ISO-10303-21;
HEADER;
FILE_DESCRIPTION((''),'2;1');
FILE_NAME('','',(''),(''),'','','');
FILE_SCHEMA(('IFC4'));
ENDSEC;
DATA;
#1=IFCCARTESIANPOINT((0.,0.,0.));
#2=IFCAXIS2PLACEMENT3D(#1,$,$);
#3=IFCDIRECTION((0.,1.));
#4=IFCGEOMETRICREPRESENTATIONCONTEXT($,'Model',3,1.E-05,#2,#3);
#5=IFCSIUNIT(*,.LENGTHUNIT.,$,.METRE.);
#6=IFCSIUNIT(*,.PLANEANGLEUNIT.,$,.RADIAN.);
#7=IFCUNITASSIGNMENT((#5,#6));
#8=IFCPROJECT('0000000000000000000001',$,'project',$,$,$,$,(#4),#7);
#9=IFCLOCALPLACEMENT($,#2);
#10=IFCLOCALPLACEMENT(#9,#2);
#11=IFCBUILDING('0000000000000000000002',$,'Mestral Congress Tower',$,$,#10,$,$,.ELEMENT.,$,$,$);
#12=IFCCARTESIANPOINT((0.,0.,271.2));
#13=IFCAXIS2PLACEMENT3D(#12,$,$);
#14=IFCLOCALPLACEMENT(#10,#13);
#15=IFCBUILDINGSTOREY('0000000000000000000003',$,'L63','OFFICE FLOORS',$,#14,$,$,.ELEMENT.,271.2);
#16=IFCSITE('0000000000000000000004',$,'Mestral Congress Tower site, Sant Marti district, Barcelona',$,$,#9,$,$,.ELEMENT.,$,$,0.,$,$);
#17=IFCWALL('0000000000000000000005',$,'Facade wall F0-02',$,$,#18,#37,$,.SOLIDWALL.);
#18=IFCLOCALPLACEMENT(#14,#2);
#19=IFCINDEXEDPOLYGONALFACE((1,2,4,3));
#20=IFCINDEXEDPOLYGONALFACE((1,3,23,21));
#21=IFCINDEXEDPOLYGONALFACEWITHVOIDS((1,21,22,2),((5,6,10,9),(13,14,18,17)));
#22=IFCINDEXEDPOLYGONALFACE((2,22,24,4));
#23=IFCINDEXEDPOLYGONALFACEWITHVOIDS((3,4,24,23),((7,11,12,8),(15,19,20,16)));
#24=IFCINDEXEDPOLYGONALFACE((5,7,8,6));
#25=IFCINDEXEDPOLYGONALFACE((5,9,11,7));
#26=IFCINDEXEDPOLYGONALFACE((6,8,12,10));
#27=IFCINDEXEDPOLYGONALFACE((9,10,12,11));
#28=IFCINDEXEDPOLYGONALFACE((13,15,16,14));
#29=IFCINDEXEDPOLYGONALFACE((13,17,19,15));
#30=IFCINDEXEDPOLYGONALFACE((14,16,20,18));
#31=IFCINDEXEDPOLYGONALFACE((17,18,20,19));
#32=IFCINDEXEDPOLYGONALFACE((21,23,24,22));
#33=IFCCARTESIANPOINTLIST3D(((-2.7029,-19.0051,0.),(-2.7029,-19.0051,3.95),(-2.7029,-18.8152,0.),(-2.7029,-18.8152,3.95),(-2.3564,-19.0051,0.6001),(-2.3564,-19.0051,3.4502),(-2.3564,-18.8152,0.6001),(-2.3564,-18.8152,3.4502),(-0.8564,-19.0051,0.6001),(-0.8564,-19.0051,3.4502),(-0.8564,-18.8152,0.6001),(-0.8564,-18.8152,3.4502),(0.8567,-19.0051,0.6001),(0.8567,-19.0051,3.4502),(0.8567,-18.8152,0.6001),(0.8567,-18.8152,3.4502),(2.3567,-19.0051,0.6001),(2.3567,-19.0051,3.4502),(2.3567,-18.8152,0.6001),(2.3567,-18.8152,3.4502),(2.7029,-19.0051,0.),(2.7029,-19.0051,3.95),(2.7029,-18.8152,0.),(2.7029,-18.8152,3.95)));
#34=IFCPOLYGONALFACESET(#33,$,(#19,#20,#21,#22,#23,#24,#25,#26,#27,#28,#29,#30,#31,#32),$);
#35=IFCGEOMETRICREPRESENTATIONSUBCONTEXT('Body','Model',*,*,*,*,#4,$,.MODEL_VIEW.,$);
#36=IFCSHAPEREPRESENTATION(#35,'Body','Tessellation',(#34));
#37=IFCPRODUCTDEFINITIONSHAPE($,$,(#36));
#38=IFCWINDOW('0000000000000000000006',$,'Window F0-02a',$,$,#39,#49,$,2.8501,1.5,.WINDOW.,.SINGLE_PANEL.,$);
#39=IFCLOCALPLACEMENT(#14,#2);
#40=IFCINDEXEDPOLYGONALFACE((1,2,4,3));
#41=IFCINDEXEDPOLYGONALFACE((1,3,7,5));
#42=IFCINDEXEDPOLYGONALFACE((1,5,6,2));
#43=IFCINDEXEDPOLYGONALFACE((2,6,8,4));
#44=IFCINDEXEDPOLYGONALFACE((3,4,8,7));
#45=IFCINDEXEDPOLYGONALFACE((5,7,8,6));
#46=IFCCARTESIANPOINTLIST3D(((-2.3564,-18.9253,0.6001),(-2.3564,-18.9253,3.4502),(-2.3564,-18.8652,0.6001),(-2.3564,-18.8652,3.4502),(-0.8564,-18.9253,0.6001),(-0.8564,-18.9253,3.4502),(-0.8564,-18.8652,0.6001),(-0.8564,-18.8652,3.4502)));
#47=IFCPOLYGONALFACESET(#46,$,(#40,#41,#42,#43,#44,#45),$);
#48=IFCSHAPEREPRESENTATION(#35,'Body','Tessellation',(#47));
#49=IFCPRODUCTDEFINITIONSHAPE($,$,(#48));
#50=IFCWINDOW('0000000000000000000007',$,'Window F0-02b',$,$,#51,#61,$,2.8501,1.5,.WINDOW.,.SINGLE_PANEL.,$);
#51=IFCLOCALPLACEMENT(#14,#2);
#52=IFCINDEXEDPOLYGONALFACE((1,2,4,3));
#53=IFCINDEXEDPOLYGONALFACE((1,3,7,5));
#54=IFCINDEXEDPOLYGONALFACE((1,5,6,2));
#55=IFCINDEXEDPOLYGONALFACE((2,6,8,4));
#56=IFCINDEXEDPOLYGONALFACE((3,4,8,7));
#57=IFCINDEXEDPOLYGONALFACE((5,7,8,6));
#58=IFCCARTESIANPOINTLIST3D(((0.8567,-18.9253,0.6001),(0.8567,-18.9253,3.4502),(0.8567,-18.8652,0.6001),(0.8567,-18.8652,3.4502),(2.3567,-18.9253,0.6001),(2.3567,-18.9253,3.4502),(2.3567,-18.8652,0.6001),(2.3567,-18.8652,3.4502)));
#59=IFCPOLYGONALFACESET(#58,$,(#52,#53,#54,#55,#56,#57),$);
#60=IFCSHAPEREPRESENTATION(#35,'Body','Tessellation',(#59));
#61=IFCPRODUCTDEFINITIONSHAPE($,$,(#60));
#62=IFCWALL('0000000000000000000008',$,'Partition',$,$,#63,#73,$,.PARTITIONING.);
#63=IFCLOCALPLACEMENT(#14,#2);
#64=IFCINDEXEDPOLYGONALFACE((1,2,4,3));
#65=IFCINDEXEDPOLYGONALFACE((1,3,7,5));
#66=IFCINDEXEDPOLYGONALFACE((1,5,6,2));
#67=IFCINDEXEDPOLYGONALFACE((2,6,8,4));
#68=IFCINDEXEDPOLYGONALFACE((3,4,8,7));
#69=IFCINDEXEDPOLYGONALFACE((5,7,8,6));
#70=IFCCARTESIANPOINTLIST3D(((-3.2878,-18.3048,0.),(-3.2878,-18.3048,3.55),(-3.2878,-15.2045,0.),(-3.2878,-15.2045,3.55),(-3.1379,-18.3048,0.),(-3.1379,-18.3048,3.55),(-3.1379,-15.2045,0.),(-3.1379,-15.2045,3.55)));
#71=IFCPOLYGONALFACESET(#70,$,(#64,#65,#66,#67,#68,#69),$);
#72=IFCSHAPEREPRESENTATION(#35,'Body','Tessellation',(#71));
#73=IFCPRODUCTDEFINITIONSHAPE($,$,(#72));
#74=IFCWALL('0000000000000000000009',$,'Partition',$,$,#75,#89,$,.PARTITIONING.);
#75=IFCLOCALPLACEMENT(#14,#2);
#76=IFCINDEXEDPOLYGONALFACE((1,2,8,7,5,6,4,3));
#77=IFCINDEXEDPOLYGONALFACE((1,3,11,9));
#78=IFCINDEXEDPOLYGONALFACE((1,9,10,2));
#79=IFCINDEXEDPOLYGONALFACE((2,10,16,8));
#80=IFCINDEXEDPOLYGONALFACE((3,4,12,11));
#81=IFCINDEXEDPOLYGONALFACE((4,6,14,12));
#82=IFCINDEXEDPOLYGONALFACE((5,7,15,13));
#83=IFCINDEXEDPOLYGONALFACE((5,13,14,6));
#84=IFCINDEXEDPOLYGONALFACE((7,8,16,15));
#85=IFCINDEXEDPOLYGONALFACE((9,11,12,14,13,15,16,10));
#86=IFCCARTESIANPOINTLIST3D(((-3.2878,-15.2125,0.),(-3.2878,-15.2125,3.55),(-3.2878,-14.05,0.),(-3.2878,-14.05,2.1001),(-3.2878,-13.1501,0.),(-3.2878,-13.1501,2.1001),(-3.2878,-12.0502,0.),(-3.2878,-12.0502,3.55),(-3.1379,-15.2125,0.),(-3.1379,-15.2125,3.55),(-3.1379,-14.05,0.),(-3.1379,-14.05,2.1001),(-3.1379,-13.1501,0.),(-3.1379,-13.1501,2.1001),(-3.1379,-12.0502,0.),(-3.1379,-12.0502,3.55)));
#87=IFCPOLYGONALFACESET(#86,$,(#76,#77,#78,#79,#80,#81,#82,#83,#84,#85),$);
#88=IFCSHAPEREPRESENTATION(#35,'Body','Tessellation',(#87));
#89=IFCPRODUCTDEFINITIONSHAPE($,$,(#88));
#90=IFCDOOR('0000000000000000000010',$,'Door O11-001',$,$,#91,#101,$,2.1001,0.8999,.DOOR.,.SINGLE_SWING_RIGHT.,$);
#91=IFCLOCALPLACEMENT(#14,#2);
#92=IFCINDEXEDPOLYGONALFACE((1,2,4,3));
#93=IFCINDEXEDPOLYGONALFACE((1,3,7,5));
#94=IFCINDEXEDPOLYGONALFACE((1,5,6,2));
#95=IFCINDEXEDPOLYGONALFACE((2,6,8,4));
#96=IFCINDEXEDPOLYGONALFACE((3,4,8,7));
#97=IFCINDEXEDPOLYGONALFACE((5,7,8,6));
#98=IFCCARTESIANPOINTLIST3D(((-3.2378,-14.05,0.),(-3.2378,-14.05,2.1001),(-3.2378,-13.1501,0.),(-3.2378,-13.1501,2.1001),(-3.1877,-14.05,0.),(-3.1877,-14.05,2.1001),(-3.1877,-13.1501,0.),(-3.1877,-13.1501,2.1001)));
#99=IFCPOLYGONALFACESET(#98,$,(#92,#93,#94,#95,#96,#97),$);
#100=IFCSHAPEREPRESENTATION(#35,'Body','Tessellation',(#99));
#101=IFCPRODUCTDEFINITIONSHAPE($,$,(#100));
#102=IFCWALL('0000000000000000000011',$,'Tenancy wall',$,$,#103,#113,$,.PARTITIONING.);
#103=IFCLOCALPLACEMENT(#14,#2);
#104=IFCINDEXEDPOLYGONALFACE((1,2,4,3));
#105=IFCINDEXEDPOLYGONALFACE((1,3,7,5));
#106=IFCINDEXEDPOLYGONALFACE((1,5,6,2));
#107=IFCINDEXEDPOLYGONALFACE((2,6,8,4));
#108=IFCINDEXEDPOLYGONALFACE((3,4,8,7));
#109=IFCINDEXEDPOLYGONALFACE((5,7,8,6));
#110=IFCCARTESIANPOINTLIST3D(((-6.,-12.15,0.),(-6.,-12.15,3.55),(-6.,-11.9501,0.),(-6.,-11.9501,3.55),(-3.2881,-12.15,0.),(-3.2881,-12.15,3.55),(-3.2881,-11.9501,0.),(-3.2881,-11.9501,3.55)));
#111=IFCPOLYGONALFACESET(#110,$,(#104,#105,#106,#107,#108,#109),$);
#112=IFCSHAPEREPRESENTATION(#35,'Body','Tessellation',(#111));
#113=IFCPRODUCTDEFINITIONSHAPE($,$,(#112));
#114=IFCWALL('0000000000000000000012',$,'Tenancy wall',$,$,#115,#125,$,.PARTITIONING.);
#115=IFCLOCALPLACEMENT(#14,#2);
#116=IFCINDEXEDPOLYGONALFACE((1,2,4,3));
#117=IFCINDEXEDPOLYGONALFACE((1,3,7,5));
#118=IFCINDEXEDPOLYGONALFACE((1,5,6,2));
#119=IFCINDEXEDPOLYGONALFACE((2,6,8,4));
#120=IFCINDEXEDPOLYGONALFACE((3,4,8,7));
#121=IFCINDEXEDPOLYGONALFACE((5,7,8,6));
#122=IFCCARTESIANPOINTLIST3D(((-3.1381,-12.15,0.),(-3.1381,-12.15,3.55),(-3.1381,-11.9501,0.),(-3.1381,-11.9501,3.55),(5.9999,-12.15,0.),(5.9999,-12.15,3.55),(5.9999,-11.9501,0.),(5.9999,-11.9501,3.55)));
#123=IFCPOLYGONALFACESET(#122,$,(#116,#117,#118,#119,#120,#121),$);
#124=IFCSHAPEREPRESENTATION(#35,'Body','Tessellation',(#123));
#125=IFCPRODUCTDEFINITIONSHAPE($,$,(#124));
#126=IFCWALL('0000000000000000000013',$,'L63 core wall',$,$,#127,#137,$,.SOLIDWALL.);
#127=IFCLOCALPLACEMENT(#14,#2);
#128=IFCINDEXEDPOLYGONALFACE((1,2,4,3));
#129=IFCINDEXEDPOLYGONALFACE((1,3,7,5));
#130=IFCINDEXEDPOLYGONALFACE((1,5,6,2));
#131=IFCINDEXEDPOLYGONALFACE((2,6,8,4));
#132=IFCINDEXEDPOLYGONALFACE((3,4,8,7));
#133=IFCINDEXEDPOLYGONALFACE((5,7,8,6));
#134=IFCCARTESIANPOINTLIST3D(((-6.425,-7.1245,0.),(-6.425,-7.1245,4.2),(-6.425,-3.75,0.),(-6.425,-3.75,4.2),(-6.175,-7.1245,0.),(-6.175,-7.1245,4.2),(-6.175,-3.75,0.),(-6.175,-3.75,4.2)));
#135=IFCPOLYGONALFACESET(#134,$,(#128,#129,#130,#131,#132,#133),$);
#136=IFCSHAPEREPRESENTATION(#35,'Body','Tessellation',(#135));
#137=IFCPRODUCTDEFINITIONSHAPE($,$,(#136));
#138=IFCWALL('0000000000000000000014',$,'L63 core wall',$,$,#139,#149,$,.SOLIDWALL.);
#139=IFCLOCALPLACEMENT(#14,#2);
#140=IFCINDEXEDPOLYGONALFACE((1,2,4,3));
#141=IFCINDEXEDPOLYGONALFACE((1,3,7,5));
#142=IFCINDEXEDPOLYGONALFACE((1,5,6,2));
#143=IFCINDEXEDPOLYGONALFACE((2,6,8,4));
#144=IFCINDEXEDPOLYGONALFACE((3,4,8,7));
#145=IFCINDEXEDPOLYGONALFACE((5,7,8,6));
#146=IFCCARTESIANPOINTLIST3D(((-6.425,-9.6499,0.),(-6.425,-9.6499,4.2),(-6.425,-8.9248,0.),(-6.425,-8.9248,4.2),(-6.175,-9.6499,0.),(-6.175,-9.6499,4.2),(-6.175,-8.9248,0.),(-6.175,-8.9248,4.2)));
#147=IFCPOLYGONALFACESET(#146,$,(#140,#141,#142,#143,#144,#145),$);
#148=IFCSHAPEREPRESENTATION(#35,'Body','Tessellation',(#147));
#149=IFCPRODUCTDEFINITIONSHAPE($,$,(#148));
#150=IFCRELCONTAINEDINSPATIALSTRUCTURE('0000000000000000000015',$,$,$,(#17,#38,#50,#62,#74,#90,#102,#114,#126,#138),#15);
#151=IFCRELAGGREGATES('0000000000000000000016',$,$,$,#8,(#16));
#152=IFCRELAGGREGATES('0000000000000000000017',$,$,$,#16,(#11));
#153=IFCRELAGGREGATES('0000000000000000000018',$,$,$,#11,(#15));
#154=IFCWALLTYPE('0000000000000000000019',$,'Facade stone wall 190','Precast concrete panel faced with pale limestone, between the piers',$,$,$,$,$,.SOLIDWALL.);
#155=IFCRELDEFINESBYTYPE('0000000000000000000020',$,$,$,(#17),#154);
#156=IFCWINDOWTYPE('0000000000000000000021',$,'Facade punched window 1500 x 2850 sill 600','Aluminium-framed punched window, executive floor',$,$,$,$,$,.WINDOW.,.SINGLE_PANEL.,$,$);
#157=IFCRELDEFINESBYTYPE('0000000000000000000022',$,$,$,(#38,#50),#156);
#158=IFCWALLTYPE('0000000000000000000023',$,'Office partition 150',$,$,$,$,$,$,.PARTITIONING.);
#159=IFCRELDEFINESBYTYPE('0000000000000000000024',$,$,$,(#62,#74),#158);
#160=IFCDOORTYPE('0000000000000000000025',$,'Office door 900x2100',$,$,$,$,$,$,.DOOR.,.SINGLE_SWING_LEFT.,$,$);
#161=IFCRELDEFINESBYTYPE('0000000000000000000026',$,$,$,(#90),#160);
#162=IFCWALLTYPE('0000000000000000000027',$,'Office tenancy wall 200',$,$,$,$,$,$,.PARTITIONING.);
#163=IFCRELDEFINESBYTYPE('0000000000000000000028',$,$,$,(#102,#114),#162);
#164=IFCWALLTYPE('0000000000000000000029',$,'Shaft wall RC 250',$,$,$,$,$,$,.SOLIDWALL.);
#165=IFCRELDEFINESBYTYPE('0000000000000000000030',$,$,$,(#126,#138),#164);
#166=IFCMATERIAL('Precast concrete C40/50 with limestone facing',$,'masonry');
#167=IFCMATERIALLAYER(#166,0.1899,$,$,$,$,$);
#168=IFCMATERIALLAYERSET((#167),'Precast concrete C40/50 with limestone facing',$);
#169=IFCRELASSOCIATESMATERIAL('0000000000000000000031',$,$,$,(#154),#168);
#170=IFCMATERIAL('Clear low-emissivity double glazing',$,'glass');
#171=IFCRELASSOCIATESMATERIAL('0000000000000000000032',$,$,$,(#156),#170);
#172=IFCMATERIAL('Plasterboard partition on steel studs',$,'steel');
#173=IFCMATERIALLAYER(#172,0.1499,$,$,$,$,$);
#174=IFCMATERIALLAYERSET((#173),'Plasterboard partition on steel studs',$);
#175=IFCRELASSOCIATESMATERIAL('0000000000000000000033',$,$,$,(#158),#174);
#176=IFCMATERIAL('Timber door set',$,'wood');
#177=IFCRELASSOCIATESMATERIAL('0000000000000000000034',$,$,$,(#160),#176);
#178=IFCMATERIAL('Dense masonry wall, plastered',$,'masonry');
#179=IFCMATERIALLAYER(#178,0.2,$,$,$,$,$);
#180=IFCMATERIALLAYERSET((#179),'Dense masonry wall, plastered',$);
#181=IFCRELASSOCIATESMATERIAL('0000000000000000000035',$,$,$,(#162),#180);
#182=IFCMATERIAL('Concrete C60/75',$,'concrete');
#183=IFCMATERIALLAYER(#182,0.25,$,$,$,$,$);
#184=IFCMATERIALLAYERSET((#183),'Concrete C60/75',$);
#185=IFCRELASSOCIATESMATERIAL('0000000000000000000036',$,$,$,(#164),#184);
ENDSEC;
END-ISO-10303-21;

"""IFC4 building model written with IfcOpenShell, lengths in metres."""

from ifc_helpers import new_model, si_unit, direction, frame, frame_2d, origin, place, context, subcontext, project, spatial, rectangle, extrude, material, layer, layer_set, type_object, element, fill, save


model = new_model("IFC4")

# Units and contexts
model_context = context("Model", 3, precision=1e-05, world=origin(), true_north=direction((0.0, 1.0)))
body_context = subcontext(model_context, "Body", "Model", "MODEL_VIEW")
ifc_project = project(units=[si_unit("LENGTHUNIT", "METRE"), si_unit("PLANEANGLEUNIT", "RADIAN")], contexts=[model_context])

# Site, building, storey
site_placement = place(None, origin())
site = spatial("IfcSite", under=ifc_project, at=site_placement, Name="Mestral Congress Tower site, Sant Marti district, Barcelona", CompositionType="ELEMENT", RefElevation=0.0)
building_placement = place(site_placement, origin())
building = spatial("IfcBuilding", under=site, at=building_placement, Name="Mestral Congress Tower", CompositionType="ELEMENT")
storey_placement = place(building_placement, frame((0.0, 0.0, 271.2)))
storey = spatial("IfcBuildingStorey", under=building, at=storey_placement, Name="L63", Description="OFFICE FLOORS", CompositionType="ELEMENT", Elevation=271.2)

# Shared definitions
ifc_material_1 = material(Name="Concrete C60/75", Category="concrete")

# Wall, openings, windows
ifc_material_2 = material(Name="Precast concrete C40/50 with limestone facing", Category="masonry")
ifc_layer_1 = layer(ifc_material_2, 0.1899)
ifc_layer_set_1 = layer_set([ifc_layer_1], Name="Precast concrete C40/50 with limestone facing")
wall_type_1 = type_object("IfcWallType", Name="Facade stone wall 190", Description="Precast concrete panel faced with pale limestone, between the piers", PredefinedType="SOLIDWALL", material=ifc_layer_set_1)
ifc_material_3 = material(Name="Clear low-emissivity double glazing", Category="glass")
window_type = type_object("IfcWindowType", Name="Facade punched window 1500 x 2850 sill 600", Description="Aluminium-framed punched window, executive floor", PartitioningType="SINGLE_PANEL", PredefinedType="WINDOW", material=ifc_material_3)
wall_1_placement = place(storey_placement, frame((-2.7029, -18.9102, 0.0), z_axis=(0.0, 0.0, 1.0), x_axis=(1.0, 0.0, 0.0)))
wall_1 = element("IfcWall", 1, at=wall_1_placement, inside=storey, type_object=wall_type_1, Name="Facade wall F0-02", PredefinedType="SOLIDWALL", context=body_context, shape_type="SweptSolid", body=[
    extrude(rectangle(XDim=5.4058, YDim=0.1899, at=frame_2d((2.7029, 0.0))), origin(), (0.0, 0.0, 1.0), 3.95),
])
opening_1_placement = place(wall_1_placement, frame((0.3464, 0.0, 0.6001)))
opening_1 = element("IfcOpeningElement", 2, at=opening_1_placement, cuts=wall_1, PredefinedType="OPENING", context=body_context, shape_type="SweptSolid", body=[
    extrude(rectangle(XDim=1.5, YDim=2.8501, at=frame_2d((0.75, 1.425))), frame((0.0, 0.105, 0.0), z_axis=(0.0, -1.0, 0.0), x_axis=(1.0, 0.0, 0.0)), (0.0, 0.0, 1.0), 0.21),
])
opening_2_placement = place(wall_1_placement, frame((3.5596, 0.0, 0.6001)))
opening_2 = element("IfcOpeningElement", 3, at=opening_2_placement, cuts=wall_1, PredefinedType="OPENING", context=body_context, shape_type="SweptSolid", body=[
    extrude(rectangle(XDim=1.5, YDim=2.8501, at=frame_2d((0.75, 1.425))), frame((0.0, 0.105, 0.0), z_axis=(0.0, -1.0, 0.0), x_axis=(1.0, 0.0, 0.0)), (0.0, 0.0, 1.0), 0.21),
])
window_1_placement = place(opening_1_placement, origin())
window_1 = element("IfcWindow", 4, at=window_1_placement, inside=storey, type_object=window_type, Name="Window F0-02a", OverallHeight=2.8501, OverallWidth=1.5, PartitioningType="SINGLE_PANEL", PredefinedType="WINDOW", context=body_context, shape_type="SweptSolid", body=[
    extrude(rectangle(XDim=1.5, YDim=2.8501, at=frame_2d((0.75, 1.425))), frame((0.0, 0.0449, 0.0), z_axis=(0.0, -1.0, 0.0), x_axis=(1.0, 0.0, 0.0)), (0.0, 0.0, 1.0), 0.0601),
])
fill(opening_1, window_1)
window_2_placement = place(opening_2_placement, origin())
window_2 = element("IfcWindow", 5, at=window_2_placement, inside=storey, type_object=window_type, Name="Window F0-02b", OverallHeight=2.8501, OverallWidth=1.5, PartitioningType="SINGLE_PANEL", PredefinedType="WINDOW", context=body_context, shape_type="SweptSolid", body=[
    extrude(rectangle(XDim=1.5, YDim=2.8501, at=frame_2d((0.75, 1.425))), frame((0.0, 0.0449, 0.0), z_axis=(0.0, -1.0, 0.0), x_axis=(1.0, 0.0, 0.0)), (0.0, 0.0, 1.0), 0.0601),
])
fill(opening_2, window_2)

# Wall
ifc_material_4 = material(Name="Plasterboard partition on steel studs", Category="steel")
ifc_layer_2 = layer(ifc_material_4, 0.1499)
ifc_layer_set_2 = layer_set([ifc_layer_2], Name="Plasterboard partition on steel studs")
wall_type_2 = type_object("IfcWallType", Name="Office partition 150", PredefinedType="PARTITIONING", material=ifc_layer_set_2)
wall_2_placement = place(storey_placement, frame((-3.2129, -15.2043, 0.0), z_axis=(0.0, 0.0, 1.0), x_axis=(0.0, -1.0, 0.0)))
element("IfcWall", 6, at=wall_2_placement, inside=storey, type_object=wall_type_2, Name="Partition", PredefinedType="PARTITIONING", context=body_context, shape_type="SweptSolid", body=[
    extrude(rectangle(XDim=3.1003, YDim=0.1499, at=frame_2d((1.5503, 0.0))), origin(), (0.0, 0.0, 1.0), 3.55),
])

# Wall, opening, door
wall_3_placement = place(storey_placement, frame((-3.2129, -15.2124, 0.0), z_axis=(0.0, 0.0, 1.0), x_axis=(0.0, 1.0, 0.0)))
wall_3 = element("IfcWall", 7, at=wall_3_placement, inside=storey, type_object=wall_type_2, Name="Partition", PredefinedType="PARTITIONING", context=body_context, shape_type="SweptSolid", body=[
    extrude(rectangle(XDim=3.1624, YDim=0.1499, at=frame_2d((1.5811, 0.0))), origin(), (0.0, 0.0, 1.0), 3.55),
])
opening_3_placement = place(wall_3_placement, frame((1.1624, 0.0, 0.0)))
opening_3 = element("IfcOpeningElement", 8, at=opening_3_placement, cuts=wall_3, PredefinedType="OPENING", context=body_context, shape_type="SweptSolid", body=[
    extrude(rectangle(XDim=0.8999, YDim=2.1001, at=frame_2d((0.45, 1.05))), frame((0.0, 0.085, 0.0), z_axis=(0.0, -1.0, 0.0), x_axis=(1.0, 0.0, 0.0)), (0.0, 0.0, 1.0), 0.1699),
])
ifc_material_5 = material(Name="Timber door set", Category="wood")
door_type_1 = type_object("IfcDoorType", Name="Office door 900x2100", OperationType="SINGLE_SWING_LEFT", PredefinedType="DOOR", material=ifc_material_5)
door_1_placement = place(opening_3_placement, origin())
door_1 = element("IfcDoor", 9, at=door_1_placement, inside=storey, type_object=door_type_1, Name="Door O11-001", OperationType="SINGLE_SWING_RIGHT", OverallHeight=2.1001, OverallWidth=0.8999, PredefinedType="DOOR", context=body_context, shape_type="SweptSolid", body=[
    extrude(rectangle(XDim=0.8999, YDim=2.1001, at=frame_2d((0.45, 1.05))), frame((0.0, 0.0249, 0.0), z_axis=(0.0, -1.0, 0.0), x_axis=(1.0, 0.0, 0.0)), (0.0, 0.0, 1.0), 0.05),
])
fill(opening_3, door_1)

# Walls
ifc_material_6 = material(Name="Dense masonry wall, plastered", Category="masonry")
ifc_layer_3 = layer(ifc_material_6, 0.2)
ifc_layer_set_3 = layer_set([ifc_layer_3], Name="Dense masonry wall, plastered")
wall_type_3 = type_object("IfcWallType", Name="Office tenancy wall 200", PredefinedType="PARTITIONING", material=ifc_layer_set_3)
wall_4_placement = place(storey_placement, frame((-6.0, -12.05, 0.0), z_axis=(0.0, 0.0, 1.0), x_axis=(1.0, 0.0, 0.0)))
element("IfcWall", 10, at=wall_4_placement, inside=storey, type_object=wall_type_3, Name="Tenancy wall", PredefinedType="PARTITIONING", context=body_context, shape_type="SweptSolid", body=[
    extrude(rectangle(XDim=2.7119, YDim=0.2, at=frame_2d((1.356, 0.0))), origin(), (0.0, 0.0, 1.0), 3.55),
])
wall_5_placement = place(storey_placement, frame((-3.1379, -12.05, 0.0), z_axis=(0.0, 0.0, 1.0), x_axis=(1.0, 0.0, 0.0)))
element("IfcWall", 11, at=wall_5_placement, inside=storey, type_object=wall_type_3, Name="Tenancy wall", PredefinedType="PARTITIONING", context=body_context, shape_type="SweptSolid", body=[
    extrude(rectangle(XDim=9.1379, YDim=0.2, at=frame_2d((4.5688, 0.0))), origin(), (0.0, 0.0, 1.0), 3.55),
])
ifc_layer_4 = layer(ifc_material_1, 0.25)
ifc_layer_set_4 = layer_set([ifc_layer_4], Name="Concrete C60/75")
wall_type_4 = type_object("IfcWallType", Name="Shaft wall RC 250", PredefinedType="SOLIDWALL", material=ifc_layer_set_4)
wall_6_placement = place(storey_placement, frame((-6.3, -7.1245, 0.0), z_axis=(0.0, 0.0, 1.0), x_axis=(0.0, 1.0, 0.0)))
element("IfcWall", 12, at=wall_6_placement, inside=storey, type_object=wall_type_4, Name="L63 core wall", PredefinedType="SOLIDWALL", context=body_context, shape_type="SweptSolid", body=[
    extrude(rectangle(XDim=3.3745, YDim=0.25, at=frame_2d((1.6873, 0.0))), origin(), (0.0, 0.0, 1.0), 4.2),
])
wall_7_placement = place(storey_placement, frame((-6.3, -8.9248, 0.0), z_axis=(0.0, 0.0, 1.0), x_axis=(0.0, -1.0, 0.0)))
element("IfcWall", 13, at=wall_7_placement, inside=storey, type_object=wall_type_4, Name="L63 core wall", PredefinedType="SOLIDWALL", context=body_context, shape_type="SweptSolid", body=[
    extrude(rectangle(XDim=0.7251, YDim=0.25, at=frame_2d((0.3625, 0.0))), origin(), (0.0, 0.0, 1.0), 4.2),
])

save(model, "model.ifc")
